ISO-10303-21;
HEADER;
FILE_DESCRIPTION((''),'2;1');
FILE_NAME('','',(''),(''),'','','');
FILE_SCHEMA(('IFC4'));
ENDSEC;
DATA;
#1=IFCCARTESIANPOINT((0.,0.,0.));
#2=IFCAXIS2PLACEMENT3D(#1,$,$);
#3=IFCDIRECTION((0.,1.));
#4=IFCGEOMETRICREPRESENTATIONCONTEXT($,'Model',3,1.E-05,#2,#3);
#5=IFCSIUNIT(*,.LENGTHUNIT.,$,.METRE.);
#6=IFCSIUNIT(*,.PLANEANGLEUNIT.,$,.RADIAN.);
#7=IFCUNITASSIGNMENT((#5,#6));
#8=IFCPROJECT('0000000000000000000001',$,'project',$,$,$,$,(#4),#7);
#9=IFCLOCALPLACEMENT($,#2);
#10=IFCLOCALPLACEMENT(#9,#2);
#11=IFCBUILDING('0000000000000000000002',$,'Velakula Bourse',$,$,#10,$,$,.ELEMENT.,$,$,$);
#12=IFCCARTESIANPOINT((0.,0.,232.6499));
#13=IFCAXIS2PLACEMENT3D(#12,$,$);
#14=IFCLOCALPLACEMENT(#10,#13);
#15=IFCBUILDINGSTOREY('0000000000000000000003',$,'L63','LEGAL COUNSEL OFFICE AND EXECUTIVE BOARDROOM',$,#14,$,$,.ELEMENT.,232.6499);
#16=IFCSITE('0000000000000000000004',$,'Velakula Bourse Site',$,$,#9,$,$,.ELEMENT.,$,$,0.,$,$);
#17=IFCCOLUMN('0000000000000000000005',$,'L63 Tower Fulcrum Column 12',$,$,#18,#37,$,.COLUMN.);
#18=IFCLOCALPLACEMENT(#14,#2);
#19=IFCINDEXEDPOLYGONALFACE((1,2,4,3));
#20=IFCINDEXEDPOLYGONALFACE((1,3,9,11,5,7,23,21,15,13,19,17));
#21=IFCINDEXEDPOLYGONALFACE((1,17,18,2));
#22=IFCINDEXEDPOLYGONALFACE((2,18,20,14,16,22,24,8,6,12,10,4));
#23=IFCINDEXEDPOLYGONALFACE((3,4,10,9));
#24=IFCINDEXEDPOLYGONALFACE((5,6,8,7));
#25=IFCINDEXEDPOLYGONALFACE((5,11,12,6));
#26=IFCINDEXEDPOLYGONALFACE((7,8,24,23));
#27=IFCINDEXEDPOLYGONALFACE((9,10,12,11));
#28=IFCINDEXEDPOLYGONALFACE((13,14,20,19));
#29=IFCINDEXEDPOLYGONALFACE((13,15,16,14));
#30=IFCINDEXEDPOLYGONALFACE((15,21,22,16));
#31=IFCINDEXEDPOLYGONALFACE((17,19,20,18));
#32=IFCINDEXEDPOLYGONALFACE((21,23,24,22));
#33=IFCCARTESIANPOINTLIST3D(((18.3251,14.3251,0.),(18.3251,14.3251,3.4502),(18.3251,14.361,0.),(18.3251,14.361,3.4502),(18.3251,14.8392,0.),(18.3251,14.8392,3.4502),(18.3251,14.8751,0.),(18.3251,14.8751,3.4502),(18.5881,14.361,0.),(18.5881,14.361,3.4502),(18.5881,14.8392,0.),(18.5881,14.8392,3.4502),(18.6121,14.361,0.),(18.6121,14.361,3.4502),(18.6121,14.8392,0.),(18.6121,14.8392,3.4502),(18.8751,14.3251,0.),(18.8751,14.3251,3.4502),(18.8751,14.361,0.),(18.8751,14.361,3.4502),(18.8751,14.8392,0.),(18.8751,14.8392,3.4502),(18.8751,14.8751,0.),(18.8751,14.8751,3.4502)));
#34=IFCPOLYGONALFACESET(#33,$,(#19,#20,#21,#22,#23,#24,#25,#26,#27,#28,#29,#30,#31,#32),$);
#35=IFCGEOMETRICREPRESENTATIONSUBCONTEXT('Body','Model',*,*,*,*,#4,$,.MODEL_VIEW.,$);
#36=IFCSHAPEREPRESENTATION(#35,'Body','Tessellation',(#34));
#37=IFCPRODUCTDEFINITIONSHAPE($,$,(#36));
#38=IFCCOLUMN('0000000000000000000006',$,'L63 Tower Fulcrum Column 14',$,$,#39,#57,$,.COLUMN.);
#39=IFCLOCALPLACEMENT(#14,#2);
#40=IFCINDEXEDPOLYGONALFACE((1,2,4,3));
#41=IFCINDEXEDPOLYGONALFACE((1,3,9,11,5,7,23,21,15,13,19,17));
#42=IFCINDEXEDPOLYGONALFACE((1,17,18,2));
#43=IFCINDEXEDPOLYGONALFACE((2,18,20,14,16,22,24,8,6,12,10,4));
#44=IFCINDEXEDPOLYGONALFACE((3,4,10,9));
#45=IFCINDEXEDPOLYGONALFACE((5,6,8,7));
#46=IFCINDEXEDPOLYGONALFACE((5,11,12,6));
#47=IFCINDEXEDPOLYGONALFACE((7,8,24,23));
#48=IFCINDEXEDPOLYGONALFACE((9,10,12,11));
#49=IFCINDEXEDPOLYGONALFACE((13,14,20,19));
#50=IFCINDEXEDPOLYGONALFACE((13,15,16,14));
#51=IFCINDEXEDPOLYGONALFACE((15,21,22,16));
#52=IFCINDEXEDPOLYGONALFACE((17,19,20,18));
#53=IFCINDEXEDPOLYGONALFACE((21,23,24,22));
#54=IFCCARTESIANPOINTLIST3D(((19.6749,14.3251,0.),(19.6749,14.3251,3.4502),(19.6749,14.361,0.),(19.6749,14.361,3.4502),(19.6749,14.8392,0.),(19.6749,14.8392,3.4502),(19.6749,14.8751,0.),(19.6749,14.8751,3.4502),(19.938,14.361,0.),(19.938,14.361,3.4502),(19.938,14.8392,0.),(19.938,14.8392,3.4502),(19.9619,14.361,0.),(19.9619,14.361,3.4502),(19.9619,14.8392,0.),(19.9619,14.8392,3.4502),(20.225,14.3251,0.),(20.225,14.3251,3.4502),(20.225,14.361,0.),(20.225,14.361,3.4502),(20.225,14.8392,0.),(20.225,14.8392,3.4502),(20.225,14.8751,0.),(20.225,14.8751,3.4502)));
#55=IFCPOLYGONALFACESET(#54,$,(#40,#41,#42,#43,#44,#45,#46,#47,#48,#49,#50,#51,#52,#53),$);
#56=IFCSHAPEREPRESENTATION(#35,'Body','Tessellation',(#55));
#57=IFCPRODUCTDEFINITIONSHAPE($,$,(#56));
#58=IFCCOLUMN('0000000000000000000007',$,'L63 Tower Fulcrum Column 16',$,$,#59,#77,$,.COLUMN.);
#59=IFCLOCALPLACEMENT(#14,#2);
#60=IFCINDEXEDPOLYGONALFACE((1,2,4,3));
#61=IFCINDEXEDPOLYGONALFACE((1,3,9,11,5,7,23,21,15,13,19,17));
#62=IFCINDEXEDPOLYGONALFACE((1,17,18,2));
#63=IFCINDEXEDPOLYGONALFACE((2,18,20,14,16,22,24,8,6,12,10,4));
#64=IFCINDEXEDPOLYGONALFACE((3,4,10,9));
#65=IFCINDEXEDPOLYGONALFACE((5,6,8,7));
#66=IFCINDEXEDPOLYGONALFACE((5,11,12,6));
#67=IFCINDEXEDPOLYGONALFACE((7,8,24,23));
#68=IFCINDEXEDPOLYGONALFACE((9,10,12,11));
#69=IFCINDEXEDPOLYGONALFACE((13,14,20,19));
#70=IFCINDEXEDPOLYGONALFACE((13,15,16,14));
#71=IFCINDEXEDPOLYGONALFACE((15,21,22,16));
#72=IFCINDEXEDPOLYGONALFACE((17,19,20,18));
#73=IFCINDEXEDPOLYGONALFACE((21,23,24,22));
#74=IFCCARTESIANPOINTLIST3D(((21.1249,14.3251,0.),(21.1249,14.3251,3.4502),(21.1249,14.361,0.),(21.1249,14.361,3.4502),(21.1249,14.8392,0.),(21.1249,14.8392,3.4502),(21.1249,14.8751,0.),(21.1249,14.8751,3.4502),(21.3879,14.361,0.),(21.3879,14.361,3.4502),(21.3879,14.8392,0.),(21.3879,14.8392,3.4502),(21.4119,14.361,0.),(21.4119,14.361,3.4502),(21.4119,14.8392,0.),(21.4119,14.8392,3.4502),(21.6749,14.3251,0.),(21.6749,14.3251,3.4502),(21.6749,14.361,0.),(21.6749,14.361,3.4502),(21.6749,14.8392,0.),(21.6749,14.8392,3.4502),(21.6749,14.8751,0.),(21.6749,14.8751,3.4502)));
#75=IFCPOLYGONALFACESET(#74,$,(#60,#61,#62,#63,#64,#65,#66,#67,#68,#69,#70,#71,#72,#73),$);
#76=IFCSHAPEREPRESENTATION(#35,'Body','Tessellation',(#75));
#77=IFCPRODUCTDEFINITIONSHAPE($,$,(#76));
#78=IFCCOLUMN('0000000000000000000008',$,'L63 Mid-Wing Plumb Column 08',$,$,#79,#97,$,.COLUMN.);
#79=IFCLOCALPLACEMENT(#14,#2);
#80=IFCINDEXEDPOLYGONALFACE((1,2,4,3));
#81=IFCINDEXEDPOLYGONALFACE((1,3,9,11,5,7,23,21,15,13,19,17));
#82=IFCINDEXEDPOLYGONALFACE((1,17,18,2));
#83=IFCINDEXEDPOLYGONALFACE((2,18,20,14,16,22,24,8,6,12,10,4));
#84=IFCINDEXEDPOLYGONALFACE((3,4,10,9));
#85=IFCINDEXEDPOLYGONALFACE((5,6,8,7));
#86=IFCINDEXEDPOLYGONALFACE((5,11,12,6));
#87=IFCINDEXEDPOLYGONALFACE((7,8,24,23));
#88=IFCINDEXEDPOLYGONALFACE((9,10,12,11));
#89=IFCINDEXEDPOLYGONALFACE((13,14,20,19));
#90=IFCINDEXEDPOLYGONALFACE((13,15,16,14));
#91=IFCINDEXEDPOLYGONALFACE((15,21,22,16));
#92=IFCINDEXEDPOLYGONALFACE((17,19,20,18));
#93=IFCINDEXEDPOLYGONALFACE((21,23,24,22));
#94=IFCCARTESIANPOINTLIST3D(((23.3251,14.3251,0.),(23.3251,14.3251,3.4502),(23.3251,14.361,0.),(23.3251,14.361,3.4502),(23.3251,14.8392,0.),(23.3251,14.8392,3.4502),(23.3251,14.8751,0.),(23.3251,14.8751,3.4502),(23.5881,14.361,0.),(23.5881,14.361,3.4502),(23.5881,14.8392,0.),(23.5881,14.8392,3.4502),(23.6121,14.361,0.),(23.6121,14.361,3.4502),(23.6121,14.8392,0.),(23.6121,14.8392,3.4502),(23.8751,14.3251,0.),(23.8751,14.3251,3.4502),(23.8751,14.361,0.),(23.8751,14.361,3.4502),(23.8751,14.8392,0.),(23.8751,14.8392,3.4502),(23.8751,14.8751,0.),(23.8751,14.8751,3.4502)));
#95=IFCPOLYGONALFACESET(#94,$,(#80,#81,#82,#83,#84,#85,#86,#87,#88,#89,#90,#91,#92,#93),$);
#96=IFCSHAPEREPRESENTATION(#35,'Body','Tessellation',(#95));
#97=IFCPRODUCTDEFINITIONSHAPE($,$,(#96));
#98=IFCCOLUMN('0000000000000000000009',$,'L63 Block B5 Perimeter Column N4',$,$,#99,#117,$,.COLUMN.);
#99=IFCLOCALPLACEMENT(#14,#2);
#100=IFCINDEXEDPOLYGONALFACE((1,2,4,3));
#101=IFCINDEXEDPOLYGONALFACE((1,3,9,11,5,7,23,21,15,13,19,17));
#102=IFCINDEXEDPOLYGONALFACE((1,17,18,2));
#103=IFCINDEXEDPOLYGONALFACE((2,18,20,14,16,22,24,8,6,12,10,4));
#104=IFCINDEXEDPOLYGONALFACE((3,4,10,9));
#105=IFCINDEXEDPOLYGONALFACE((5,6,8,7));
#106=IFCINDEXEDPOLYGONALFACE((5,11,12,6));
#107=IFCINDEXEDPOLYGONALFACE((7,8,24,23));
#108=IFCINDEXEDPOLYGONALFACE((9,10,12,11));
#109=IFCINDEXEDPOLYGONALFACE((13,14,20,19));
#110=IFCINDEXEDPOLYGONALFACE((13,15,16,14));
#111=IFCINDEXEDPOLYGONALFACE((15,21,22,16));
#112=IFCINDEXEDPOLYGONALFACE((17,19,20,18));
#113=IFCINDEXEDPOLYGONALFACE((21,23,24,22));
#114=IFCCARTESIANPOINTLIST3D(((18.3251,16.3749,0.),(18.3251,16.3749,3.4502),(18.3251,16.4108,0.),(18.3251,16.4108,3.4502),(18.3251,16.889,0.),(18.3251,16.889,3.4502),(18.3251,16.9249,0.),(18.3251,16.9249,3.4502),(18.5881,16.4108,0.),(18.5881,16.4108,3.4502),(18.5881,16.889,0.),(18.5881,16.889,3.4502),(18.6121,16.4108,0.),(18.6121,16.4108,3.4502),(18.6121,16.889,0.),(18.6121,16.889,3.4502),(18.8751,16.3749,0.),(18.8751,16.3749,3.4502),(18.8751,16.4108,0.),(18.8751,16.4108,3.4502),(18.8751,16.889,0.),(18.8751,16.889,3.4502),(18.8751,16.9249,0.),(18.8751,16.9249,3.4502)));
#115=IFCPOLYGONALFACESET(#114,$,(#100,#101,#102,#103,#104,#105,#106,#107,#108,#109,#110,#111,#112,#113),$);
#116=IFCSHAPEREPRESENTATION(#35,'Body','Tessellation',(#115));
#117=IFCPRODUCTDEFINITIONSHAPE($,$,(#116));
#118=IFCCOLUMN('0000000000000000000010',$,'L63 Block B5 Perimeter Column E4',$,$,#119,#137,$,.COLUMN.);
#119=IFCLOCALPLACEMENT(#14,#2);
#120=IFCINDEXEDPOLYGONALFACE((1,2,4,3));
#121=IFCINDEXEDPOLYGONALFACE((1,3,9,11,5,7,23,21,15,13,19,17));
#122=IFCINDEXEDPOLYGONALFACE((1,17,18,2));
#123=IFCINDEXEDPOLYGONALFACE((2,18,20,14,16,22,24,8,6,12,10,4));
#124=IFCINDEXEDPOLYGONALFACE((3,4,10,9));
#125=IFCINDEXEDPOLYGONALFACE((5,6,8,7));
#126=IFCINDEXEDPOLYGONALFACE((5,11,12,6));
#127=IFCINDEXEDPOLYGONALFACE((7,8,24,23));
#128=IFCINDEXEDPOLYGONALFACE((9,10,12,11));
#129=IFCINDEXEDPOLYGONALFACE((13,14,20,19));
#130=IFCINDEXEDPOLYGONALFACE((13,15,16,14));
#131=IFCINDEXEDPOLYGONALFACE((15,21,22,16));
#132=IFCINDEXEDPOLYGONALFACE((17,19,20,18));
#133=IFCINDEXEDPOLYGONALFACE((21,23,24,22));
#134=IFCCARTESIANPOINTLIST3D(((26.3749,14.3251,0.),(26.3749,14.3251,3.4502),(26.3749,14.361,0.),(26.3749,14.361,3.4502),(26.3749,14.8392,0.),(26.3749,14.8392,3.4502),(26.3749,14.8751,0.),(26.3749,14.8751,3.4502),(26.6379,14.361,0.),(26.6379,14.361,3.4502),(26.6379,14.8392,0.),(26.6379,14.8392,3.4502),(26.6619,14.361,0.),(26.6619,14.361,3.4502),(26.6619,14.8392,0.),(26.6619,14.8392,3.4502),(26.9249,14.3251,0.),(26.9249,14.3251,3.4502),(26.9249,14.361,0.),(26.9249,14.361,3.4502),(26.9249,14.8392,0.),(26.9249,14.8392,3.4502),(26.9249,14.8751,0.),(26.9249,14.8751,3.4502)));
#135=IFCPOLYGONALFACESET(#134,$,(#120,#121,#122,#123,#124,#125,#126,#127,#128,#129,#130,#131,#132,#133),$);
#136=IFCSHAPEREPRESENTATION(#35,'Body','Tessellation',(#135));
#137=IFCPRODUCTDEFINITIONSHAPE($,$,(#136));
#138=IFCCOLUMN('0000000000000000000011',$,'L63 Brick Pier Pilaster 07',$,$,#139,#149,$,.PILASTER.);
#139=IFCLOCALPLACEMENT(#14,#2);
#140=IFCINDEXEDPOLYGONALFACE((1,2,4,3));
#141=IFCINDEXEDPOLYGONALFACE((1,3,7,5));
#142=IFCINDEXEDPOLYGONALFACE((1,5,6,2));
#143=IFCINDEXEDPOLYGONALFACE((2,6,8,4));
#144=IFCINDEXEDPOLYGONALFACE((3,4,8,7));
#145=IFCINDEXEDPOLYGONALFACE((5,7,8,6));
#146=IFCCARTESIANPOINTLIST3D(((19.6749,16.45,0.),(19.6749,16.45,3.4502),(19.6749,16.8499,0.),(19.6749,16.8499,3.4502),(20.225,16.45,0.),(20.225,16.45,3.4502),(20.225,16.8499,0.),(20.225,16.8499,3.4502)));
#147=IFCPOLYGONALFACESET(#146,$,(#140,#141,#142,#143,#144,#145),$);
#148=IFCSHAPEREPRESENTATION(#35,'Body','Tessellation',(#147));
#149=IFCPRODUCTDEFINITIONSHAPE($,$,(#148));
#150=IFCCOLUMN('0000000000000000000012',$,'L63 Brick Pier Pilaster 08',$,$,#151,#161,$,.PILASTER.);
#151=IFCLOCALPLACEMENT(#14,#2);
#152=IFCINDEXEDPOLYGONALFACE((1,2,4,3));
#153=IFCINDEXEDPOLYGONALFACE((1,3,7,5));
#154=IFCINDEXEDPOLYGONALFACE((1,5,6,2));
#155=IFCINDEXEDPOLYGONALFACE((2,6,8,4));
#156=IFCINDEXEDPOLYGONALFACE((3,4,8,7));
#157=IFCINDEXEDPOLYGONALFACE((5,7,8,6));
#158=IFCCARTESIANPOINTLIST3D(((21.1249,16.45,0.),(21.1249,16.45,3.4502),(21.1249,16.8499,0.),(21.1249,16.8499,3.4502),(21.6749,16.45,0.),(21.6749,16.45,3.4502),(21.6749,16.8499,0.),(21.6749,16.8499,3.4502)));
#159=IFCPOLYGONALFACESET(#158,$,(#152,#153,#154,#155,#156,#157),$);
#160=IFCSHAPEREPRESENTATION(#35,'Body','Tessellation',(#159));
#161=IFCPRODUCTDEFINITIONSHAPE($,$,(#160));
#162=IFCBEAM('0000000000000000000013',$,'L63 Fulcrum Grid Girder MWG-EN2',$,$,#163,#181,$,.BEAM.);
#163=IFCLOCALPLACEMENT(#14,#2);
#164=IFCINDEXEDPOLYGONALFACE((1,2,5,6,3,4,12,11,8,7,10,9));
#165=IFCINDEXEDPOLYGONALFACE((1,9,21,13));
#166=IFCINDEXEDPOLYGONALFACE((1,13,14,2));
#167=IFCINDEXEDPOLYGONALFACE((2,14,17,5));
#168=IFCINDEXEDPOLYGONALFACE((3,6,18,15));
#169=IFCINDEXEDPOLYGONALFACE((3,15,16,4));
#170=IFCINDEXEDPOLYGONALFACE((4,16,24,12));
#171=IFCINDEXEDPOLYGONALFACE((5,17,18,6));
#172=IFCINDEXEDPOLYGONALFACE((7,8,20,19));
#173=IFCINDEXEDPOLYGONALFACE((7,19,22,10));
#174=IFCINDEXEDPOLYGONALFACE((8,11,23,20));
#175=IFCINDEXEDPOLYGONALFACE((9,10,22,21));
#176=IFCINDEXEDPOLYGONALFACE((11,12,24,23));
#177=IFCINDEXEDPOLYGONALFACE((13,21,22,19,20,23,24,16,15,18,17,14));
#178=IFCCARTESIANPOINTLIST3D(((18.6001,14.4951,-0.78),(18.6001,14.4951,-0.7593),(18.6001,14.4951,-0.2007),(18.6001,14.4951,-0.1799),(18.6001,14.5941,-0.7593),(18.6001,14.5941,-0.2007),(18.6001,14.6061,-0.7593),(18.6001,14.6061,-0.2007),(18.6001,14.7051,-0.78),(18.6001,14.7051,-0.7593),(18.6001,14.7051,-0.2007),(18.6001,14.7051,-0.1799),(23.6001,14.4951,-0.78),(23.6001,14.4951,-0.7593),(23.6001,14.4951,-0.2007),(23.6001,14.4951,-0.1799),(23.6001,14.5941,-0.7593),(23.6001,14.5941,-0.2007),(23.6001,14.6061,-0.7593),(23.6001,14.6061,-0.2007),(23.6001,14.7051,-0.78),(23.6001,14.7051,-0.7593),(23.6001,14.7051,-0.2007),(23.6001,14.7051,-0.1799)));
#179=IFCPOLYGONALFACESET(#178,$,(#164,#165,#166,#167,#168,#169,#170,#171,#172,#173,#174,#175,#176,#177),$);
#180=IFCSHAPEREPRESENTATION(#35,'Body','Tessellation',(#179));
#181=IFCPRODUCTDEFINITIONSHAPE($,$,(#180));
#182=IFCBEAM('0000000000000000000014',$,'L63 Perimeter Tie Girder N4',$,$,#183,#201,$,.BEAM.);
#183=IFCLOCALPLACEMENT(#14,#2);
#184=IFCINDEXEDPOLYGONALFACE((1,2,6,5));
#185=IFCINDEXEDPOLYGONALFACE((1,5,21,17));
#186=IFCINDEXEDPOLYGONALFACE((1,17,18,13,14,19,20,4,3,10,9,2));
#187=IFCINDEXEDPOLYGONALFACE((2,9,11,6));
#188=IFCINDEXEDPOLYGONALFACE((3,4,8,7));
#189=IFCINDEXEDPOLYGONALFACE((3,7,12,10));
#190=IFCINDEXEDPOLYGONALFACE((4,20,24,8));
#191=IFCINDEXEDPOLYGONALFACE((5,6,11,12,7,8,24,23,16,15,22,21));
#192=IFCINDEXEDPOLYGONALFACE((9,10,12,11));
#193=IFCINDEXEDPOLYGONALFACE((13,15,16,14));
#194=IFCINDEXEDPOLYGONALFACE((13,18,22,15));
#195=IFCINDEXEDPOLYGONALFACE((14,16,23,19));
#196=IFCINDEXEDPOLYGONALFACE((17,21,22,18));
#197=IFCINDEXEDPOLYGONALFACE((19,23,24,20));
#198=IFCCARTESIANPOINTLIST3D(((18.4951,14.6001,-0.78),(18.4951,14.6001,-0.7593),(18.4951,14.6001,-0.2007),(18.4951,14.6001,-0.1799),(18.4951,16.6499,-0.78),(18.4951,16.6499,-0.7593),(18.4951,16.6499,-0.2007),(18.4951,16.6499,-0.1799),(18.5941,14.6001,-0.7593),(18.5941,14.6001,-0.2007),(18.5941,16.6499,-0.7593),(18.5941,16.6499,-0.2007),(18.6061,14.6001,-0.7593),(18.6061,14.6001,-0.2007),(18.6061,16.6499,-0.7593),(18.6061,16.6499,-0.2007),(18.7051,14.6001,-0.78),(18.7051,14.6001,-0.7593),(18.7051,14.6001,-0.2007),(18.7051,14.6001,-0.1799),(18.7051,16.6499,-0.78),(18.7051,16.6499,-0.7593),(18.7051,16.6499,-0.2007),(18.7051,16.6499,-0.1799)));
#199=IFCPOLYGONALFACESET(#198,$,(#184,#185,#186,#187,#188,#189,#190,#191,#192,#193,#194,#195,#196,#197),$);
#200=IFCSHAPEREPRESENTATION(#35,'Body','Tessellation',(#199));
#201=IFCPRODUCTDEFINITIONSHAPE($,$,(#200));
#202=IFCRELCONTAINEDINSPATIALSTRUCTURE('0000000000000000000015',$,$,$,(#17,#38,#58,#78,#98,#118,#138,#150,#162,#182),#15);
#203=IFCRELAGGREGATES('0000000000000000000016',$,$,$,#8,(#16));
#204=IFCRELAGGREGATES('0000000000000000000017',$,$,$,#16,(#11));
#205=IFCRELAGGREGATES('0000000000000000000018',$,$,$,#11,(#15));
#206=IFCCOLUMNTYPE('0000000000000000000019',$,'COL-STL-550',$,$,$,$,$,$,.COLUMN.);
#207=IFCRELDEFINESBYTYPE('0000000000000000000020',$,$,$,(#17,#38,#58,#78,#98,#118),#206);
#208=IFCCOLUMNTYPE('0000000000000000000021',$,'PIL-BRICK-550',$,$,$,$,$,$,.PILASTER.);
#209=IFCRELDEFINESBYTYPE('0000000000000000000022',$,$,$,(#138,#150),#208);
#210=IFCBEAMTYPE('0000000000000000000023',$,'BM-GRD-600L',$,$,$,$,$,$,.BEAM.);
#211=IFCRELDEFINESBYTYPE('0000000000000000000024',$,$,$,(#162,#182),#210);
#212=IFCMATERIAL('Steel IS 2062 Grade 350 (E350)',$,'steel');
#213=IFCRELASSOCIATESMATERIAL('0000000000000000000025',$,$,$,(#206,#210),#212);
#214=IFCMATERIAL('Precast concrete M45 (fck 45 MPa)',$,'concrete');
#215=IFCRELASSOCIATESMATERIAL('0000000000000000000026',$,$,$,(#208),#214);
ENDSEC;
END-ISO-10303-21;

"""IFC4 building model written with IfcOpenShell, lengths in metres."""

from ifc_helpers import new_model, si_unit, direction, frame, origin, origin_2d, place, context, subcontext, project, spatial, rectangle, i_section, extrude, material, material_profile, profile_set, type_object, element, save


model = new_model("IFC4")

# Units and contexts
model_context = context("Model", 3, precision=1e-05, world=origin(), true_north=direction((0.0, 1.0)))
body_context = subcontext(model_context, "Body", "Model", "MODEL_VIEW")
ifc_project = project(units=[si_unit("LENGTHUNIT", "METRE"), si_unit("PLANEANGLEUNIT", "RADIAN")], contexts=[model_context])

# Site, building, storey
site_placement = place(None, origin())
site = spatial("IfcSite", under=ifc_project, at=site_placement, Name="Velakula Bourse Site", CompositionType="ELEMENT", RefElevation=0.0)
building_placement = place(site_placement, origin())
building = spatial("IfcBuilding", under=site, at=building_placement, Name="Velakula Bourse", CompositionType="ELEMENT")
storey_placement = place(building_placement, frame((0.0, 0.0, 232.6499)))
storey = spatial("IfcBuildingStorey", under=building, at=storey_placement, Name="L63", Description="LEGAL COUNSEL OFFICE AND EXECUTIVE BOARDROOM", CompositionType="ELEMENT", Elevation=232.6499)

# Columns
ifc_material_1 = material(Name="Steel IS 2062 Grade 350 (E350)", Category="steel")
ifc_material_profile_1 = material_profile(ifc_material_1, i_section(OverallWidth=0.55, OverallDepth=0.55, WebThickness=0.0239, FlangeThickness=0.0359, at=origin_2d()), Name="Steel IS 2062 Grade 350 (E350)")
ifc_profile_set_1 = profile_set([ifc_material_profile_1], Name="Steel IS 2062 Grade 350 (E350)")
column_type_1 = type_object("IfcColumnType", Name="COL-STL-550", PredefinedType="COLUMN", material=ifc_profile_set_1)
for number, where, z_axis, x_axis, name in (
    (1, (18.6001, 14.6001, 0.0), (0.0, 0.0, 1.0), (1.0, 0.0, 0.0), "L63 Tower Fulcrum Column 12"),
    (2, (19.95, 14.6001, 0.0), (0.0, 0.0, 1.0), (1.0, 0.0, 0.0), "L63 Tower Fulcrum Column 14"),
    (3, (21.3999, 14.6001, 0.0), (0.0, 0.0, 1.0), (1.0, 0.0, 0.0), "L63 Tower Fulcrum Column 16"),
    (4, (23.6001, 14.6001, 0.0), (0.0, 0.0, 1.0), (1.0, 0.0, 0.0), "L63 Mid-Wing Plumb Column 08"),
    (5, (18.6001, 16.6499, 0.0), (0.0, 0.0, 1.0), (1.0, 0.0, 0.0), "L63 Block B5 Perimeter Column N4"),
    (6, (26.6499, 14.6001, 0.0), (0.0, 0.0, 1.0), (1.0, 0.0, 0.0), "L63 Block B5 Perimeter Column E4"),
):
    element("IfcColumn", number, at=place(storey_placement, frame(where, z_axis=z_axis, x_axis=x_axis)), inside=storey, type_object=column_type_1, Name=name, PredefinedType="COLUMN", context=body_context, shape_type="SweptSolid", body=[
        extrude(i_section(OverallWidth=0.55, OverallDepth=0.55, WebThickness=0.0239, FlangeThickness=0.0359, at=origin_2d()), origin(), (0.0, 0.0, 1.0), 3.4502),
    ])
ifc_material_2 = material(Name="Precast concrete M45 (fck 45 MPa)", Category="concrete")
ifc_material_profile_2 = material_profile(ifc_material_2, rectangle(XDim=0.55, YDim=0.3999, at=origin_2d()), Name="Precast concrete M45 (fck 45 MPa)")
ifc_profile_set_2 = profile_set([ifc_material_profile_2], Name="Precast concrete M45 (fck 45 MPa)")
column_type_2 = type_object("IfcColumnType", Name="PIL-BRICK-550", PredefinedType="PILASTER", material=ifc_profile_set_2)
for number, where, z_axis, x_axis, name in (
    (7, (19.95, 16.6499, 0.0), (0.0, 0.0, 1.0), (1.0, 0.0, 0.0), "L63 Brick Pier Pilaster 07"),
    (8, (21.3999, 16.6499, 0.0), (0.0, 0.0, 1.0), (1.0, 0.0, 0.0), "L63 Brick Pier Pilaster 08"),
):
    element("IfcColumn", number, at=place(storey_placement, frame(where, z_axis=z_axis, x_axis=x_axis)), inside=storey, type_object=column_type_2, Name=name, PredefinedType="PILASTER", context=body_context, shape_type="SweptSolid", body=[
        extrude(rectangle(XDim=0.55, YDim=0.3999, at=origin_2d()), origin(), (0.0, 0.0, 1.0), 3.4502),
    ])

# Beams
ifc_material_profile_3 = material_profile(ifc_material_1, i_section(OverallWidth=0.21, OverallDepth=0.6001, WebThickness=0.012, FlangeThickness=0.0208, at=origin_2d()), Name="Steel IS 2062 Grade 350 (E350)")
ifc_profile_set_3 = profile_set([ifc_material_profile_3], Name="Steel IS 2062 Grade 350 (E350)")
beam_type_1 = type_object("IfcBeamType", Name="BM-GRD-600L", PredefinedType="BEAM", material=ifc_profile_set_3)
beam_1_placement = place(storey_placement, frame((18.6001, 14.6001, -0.48), z_axis=(1.0, 0.0, 0.0), x_axis=(0.0, 1.0, 0.0)))
element("IfcBeam", 9, at=beam_1_placement, inside=storey, type_object=beam_type_1, Name="L63 Fulcrum Grid Girder MWG-EN2", PredefinedType="BEAM", context=body_context, shape_type="SweptSolid", body=[
    extrude(i_section(OverallWidth=0.21, OverallDepth=0.6001, WebThickness=0.012, FlangeThickness=0.0208, at=origin_2d()), origin(), (0.0, 0.0, 1.0), 5.0),
])
beam_2_placement = place(storey_placement, frame((18.6001, 14.6001, -0.48), z_axis=(0.0, 1.0, 0.0), x_axis=(-1.0, 0.0, 0.0)))
element("IfcBeam", 10, at=beam_2_placement, inside=storey, type_object=beam_type_1, Name="L63 Perimeter Tie Girder N4", PredefinedType="BEAM", context=body_context, shape_type="SweptSolid", body=[
    extrude(i_section(OverallWidth=0.21, OverallDepth=0.6001, WebThickness=0.012, FlangeThickness=0.0208, at=origin_2d()), origin(), (0.0, 0.0, 1.0), 2.0498),
])

save(model, "model.ifc")
